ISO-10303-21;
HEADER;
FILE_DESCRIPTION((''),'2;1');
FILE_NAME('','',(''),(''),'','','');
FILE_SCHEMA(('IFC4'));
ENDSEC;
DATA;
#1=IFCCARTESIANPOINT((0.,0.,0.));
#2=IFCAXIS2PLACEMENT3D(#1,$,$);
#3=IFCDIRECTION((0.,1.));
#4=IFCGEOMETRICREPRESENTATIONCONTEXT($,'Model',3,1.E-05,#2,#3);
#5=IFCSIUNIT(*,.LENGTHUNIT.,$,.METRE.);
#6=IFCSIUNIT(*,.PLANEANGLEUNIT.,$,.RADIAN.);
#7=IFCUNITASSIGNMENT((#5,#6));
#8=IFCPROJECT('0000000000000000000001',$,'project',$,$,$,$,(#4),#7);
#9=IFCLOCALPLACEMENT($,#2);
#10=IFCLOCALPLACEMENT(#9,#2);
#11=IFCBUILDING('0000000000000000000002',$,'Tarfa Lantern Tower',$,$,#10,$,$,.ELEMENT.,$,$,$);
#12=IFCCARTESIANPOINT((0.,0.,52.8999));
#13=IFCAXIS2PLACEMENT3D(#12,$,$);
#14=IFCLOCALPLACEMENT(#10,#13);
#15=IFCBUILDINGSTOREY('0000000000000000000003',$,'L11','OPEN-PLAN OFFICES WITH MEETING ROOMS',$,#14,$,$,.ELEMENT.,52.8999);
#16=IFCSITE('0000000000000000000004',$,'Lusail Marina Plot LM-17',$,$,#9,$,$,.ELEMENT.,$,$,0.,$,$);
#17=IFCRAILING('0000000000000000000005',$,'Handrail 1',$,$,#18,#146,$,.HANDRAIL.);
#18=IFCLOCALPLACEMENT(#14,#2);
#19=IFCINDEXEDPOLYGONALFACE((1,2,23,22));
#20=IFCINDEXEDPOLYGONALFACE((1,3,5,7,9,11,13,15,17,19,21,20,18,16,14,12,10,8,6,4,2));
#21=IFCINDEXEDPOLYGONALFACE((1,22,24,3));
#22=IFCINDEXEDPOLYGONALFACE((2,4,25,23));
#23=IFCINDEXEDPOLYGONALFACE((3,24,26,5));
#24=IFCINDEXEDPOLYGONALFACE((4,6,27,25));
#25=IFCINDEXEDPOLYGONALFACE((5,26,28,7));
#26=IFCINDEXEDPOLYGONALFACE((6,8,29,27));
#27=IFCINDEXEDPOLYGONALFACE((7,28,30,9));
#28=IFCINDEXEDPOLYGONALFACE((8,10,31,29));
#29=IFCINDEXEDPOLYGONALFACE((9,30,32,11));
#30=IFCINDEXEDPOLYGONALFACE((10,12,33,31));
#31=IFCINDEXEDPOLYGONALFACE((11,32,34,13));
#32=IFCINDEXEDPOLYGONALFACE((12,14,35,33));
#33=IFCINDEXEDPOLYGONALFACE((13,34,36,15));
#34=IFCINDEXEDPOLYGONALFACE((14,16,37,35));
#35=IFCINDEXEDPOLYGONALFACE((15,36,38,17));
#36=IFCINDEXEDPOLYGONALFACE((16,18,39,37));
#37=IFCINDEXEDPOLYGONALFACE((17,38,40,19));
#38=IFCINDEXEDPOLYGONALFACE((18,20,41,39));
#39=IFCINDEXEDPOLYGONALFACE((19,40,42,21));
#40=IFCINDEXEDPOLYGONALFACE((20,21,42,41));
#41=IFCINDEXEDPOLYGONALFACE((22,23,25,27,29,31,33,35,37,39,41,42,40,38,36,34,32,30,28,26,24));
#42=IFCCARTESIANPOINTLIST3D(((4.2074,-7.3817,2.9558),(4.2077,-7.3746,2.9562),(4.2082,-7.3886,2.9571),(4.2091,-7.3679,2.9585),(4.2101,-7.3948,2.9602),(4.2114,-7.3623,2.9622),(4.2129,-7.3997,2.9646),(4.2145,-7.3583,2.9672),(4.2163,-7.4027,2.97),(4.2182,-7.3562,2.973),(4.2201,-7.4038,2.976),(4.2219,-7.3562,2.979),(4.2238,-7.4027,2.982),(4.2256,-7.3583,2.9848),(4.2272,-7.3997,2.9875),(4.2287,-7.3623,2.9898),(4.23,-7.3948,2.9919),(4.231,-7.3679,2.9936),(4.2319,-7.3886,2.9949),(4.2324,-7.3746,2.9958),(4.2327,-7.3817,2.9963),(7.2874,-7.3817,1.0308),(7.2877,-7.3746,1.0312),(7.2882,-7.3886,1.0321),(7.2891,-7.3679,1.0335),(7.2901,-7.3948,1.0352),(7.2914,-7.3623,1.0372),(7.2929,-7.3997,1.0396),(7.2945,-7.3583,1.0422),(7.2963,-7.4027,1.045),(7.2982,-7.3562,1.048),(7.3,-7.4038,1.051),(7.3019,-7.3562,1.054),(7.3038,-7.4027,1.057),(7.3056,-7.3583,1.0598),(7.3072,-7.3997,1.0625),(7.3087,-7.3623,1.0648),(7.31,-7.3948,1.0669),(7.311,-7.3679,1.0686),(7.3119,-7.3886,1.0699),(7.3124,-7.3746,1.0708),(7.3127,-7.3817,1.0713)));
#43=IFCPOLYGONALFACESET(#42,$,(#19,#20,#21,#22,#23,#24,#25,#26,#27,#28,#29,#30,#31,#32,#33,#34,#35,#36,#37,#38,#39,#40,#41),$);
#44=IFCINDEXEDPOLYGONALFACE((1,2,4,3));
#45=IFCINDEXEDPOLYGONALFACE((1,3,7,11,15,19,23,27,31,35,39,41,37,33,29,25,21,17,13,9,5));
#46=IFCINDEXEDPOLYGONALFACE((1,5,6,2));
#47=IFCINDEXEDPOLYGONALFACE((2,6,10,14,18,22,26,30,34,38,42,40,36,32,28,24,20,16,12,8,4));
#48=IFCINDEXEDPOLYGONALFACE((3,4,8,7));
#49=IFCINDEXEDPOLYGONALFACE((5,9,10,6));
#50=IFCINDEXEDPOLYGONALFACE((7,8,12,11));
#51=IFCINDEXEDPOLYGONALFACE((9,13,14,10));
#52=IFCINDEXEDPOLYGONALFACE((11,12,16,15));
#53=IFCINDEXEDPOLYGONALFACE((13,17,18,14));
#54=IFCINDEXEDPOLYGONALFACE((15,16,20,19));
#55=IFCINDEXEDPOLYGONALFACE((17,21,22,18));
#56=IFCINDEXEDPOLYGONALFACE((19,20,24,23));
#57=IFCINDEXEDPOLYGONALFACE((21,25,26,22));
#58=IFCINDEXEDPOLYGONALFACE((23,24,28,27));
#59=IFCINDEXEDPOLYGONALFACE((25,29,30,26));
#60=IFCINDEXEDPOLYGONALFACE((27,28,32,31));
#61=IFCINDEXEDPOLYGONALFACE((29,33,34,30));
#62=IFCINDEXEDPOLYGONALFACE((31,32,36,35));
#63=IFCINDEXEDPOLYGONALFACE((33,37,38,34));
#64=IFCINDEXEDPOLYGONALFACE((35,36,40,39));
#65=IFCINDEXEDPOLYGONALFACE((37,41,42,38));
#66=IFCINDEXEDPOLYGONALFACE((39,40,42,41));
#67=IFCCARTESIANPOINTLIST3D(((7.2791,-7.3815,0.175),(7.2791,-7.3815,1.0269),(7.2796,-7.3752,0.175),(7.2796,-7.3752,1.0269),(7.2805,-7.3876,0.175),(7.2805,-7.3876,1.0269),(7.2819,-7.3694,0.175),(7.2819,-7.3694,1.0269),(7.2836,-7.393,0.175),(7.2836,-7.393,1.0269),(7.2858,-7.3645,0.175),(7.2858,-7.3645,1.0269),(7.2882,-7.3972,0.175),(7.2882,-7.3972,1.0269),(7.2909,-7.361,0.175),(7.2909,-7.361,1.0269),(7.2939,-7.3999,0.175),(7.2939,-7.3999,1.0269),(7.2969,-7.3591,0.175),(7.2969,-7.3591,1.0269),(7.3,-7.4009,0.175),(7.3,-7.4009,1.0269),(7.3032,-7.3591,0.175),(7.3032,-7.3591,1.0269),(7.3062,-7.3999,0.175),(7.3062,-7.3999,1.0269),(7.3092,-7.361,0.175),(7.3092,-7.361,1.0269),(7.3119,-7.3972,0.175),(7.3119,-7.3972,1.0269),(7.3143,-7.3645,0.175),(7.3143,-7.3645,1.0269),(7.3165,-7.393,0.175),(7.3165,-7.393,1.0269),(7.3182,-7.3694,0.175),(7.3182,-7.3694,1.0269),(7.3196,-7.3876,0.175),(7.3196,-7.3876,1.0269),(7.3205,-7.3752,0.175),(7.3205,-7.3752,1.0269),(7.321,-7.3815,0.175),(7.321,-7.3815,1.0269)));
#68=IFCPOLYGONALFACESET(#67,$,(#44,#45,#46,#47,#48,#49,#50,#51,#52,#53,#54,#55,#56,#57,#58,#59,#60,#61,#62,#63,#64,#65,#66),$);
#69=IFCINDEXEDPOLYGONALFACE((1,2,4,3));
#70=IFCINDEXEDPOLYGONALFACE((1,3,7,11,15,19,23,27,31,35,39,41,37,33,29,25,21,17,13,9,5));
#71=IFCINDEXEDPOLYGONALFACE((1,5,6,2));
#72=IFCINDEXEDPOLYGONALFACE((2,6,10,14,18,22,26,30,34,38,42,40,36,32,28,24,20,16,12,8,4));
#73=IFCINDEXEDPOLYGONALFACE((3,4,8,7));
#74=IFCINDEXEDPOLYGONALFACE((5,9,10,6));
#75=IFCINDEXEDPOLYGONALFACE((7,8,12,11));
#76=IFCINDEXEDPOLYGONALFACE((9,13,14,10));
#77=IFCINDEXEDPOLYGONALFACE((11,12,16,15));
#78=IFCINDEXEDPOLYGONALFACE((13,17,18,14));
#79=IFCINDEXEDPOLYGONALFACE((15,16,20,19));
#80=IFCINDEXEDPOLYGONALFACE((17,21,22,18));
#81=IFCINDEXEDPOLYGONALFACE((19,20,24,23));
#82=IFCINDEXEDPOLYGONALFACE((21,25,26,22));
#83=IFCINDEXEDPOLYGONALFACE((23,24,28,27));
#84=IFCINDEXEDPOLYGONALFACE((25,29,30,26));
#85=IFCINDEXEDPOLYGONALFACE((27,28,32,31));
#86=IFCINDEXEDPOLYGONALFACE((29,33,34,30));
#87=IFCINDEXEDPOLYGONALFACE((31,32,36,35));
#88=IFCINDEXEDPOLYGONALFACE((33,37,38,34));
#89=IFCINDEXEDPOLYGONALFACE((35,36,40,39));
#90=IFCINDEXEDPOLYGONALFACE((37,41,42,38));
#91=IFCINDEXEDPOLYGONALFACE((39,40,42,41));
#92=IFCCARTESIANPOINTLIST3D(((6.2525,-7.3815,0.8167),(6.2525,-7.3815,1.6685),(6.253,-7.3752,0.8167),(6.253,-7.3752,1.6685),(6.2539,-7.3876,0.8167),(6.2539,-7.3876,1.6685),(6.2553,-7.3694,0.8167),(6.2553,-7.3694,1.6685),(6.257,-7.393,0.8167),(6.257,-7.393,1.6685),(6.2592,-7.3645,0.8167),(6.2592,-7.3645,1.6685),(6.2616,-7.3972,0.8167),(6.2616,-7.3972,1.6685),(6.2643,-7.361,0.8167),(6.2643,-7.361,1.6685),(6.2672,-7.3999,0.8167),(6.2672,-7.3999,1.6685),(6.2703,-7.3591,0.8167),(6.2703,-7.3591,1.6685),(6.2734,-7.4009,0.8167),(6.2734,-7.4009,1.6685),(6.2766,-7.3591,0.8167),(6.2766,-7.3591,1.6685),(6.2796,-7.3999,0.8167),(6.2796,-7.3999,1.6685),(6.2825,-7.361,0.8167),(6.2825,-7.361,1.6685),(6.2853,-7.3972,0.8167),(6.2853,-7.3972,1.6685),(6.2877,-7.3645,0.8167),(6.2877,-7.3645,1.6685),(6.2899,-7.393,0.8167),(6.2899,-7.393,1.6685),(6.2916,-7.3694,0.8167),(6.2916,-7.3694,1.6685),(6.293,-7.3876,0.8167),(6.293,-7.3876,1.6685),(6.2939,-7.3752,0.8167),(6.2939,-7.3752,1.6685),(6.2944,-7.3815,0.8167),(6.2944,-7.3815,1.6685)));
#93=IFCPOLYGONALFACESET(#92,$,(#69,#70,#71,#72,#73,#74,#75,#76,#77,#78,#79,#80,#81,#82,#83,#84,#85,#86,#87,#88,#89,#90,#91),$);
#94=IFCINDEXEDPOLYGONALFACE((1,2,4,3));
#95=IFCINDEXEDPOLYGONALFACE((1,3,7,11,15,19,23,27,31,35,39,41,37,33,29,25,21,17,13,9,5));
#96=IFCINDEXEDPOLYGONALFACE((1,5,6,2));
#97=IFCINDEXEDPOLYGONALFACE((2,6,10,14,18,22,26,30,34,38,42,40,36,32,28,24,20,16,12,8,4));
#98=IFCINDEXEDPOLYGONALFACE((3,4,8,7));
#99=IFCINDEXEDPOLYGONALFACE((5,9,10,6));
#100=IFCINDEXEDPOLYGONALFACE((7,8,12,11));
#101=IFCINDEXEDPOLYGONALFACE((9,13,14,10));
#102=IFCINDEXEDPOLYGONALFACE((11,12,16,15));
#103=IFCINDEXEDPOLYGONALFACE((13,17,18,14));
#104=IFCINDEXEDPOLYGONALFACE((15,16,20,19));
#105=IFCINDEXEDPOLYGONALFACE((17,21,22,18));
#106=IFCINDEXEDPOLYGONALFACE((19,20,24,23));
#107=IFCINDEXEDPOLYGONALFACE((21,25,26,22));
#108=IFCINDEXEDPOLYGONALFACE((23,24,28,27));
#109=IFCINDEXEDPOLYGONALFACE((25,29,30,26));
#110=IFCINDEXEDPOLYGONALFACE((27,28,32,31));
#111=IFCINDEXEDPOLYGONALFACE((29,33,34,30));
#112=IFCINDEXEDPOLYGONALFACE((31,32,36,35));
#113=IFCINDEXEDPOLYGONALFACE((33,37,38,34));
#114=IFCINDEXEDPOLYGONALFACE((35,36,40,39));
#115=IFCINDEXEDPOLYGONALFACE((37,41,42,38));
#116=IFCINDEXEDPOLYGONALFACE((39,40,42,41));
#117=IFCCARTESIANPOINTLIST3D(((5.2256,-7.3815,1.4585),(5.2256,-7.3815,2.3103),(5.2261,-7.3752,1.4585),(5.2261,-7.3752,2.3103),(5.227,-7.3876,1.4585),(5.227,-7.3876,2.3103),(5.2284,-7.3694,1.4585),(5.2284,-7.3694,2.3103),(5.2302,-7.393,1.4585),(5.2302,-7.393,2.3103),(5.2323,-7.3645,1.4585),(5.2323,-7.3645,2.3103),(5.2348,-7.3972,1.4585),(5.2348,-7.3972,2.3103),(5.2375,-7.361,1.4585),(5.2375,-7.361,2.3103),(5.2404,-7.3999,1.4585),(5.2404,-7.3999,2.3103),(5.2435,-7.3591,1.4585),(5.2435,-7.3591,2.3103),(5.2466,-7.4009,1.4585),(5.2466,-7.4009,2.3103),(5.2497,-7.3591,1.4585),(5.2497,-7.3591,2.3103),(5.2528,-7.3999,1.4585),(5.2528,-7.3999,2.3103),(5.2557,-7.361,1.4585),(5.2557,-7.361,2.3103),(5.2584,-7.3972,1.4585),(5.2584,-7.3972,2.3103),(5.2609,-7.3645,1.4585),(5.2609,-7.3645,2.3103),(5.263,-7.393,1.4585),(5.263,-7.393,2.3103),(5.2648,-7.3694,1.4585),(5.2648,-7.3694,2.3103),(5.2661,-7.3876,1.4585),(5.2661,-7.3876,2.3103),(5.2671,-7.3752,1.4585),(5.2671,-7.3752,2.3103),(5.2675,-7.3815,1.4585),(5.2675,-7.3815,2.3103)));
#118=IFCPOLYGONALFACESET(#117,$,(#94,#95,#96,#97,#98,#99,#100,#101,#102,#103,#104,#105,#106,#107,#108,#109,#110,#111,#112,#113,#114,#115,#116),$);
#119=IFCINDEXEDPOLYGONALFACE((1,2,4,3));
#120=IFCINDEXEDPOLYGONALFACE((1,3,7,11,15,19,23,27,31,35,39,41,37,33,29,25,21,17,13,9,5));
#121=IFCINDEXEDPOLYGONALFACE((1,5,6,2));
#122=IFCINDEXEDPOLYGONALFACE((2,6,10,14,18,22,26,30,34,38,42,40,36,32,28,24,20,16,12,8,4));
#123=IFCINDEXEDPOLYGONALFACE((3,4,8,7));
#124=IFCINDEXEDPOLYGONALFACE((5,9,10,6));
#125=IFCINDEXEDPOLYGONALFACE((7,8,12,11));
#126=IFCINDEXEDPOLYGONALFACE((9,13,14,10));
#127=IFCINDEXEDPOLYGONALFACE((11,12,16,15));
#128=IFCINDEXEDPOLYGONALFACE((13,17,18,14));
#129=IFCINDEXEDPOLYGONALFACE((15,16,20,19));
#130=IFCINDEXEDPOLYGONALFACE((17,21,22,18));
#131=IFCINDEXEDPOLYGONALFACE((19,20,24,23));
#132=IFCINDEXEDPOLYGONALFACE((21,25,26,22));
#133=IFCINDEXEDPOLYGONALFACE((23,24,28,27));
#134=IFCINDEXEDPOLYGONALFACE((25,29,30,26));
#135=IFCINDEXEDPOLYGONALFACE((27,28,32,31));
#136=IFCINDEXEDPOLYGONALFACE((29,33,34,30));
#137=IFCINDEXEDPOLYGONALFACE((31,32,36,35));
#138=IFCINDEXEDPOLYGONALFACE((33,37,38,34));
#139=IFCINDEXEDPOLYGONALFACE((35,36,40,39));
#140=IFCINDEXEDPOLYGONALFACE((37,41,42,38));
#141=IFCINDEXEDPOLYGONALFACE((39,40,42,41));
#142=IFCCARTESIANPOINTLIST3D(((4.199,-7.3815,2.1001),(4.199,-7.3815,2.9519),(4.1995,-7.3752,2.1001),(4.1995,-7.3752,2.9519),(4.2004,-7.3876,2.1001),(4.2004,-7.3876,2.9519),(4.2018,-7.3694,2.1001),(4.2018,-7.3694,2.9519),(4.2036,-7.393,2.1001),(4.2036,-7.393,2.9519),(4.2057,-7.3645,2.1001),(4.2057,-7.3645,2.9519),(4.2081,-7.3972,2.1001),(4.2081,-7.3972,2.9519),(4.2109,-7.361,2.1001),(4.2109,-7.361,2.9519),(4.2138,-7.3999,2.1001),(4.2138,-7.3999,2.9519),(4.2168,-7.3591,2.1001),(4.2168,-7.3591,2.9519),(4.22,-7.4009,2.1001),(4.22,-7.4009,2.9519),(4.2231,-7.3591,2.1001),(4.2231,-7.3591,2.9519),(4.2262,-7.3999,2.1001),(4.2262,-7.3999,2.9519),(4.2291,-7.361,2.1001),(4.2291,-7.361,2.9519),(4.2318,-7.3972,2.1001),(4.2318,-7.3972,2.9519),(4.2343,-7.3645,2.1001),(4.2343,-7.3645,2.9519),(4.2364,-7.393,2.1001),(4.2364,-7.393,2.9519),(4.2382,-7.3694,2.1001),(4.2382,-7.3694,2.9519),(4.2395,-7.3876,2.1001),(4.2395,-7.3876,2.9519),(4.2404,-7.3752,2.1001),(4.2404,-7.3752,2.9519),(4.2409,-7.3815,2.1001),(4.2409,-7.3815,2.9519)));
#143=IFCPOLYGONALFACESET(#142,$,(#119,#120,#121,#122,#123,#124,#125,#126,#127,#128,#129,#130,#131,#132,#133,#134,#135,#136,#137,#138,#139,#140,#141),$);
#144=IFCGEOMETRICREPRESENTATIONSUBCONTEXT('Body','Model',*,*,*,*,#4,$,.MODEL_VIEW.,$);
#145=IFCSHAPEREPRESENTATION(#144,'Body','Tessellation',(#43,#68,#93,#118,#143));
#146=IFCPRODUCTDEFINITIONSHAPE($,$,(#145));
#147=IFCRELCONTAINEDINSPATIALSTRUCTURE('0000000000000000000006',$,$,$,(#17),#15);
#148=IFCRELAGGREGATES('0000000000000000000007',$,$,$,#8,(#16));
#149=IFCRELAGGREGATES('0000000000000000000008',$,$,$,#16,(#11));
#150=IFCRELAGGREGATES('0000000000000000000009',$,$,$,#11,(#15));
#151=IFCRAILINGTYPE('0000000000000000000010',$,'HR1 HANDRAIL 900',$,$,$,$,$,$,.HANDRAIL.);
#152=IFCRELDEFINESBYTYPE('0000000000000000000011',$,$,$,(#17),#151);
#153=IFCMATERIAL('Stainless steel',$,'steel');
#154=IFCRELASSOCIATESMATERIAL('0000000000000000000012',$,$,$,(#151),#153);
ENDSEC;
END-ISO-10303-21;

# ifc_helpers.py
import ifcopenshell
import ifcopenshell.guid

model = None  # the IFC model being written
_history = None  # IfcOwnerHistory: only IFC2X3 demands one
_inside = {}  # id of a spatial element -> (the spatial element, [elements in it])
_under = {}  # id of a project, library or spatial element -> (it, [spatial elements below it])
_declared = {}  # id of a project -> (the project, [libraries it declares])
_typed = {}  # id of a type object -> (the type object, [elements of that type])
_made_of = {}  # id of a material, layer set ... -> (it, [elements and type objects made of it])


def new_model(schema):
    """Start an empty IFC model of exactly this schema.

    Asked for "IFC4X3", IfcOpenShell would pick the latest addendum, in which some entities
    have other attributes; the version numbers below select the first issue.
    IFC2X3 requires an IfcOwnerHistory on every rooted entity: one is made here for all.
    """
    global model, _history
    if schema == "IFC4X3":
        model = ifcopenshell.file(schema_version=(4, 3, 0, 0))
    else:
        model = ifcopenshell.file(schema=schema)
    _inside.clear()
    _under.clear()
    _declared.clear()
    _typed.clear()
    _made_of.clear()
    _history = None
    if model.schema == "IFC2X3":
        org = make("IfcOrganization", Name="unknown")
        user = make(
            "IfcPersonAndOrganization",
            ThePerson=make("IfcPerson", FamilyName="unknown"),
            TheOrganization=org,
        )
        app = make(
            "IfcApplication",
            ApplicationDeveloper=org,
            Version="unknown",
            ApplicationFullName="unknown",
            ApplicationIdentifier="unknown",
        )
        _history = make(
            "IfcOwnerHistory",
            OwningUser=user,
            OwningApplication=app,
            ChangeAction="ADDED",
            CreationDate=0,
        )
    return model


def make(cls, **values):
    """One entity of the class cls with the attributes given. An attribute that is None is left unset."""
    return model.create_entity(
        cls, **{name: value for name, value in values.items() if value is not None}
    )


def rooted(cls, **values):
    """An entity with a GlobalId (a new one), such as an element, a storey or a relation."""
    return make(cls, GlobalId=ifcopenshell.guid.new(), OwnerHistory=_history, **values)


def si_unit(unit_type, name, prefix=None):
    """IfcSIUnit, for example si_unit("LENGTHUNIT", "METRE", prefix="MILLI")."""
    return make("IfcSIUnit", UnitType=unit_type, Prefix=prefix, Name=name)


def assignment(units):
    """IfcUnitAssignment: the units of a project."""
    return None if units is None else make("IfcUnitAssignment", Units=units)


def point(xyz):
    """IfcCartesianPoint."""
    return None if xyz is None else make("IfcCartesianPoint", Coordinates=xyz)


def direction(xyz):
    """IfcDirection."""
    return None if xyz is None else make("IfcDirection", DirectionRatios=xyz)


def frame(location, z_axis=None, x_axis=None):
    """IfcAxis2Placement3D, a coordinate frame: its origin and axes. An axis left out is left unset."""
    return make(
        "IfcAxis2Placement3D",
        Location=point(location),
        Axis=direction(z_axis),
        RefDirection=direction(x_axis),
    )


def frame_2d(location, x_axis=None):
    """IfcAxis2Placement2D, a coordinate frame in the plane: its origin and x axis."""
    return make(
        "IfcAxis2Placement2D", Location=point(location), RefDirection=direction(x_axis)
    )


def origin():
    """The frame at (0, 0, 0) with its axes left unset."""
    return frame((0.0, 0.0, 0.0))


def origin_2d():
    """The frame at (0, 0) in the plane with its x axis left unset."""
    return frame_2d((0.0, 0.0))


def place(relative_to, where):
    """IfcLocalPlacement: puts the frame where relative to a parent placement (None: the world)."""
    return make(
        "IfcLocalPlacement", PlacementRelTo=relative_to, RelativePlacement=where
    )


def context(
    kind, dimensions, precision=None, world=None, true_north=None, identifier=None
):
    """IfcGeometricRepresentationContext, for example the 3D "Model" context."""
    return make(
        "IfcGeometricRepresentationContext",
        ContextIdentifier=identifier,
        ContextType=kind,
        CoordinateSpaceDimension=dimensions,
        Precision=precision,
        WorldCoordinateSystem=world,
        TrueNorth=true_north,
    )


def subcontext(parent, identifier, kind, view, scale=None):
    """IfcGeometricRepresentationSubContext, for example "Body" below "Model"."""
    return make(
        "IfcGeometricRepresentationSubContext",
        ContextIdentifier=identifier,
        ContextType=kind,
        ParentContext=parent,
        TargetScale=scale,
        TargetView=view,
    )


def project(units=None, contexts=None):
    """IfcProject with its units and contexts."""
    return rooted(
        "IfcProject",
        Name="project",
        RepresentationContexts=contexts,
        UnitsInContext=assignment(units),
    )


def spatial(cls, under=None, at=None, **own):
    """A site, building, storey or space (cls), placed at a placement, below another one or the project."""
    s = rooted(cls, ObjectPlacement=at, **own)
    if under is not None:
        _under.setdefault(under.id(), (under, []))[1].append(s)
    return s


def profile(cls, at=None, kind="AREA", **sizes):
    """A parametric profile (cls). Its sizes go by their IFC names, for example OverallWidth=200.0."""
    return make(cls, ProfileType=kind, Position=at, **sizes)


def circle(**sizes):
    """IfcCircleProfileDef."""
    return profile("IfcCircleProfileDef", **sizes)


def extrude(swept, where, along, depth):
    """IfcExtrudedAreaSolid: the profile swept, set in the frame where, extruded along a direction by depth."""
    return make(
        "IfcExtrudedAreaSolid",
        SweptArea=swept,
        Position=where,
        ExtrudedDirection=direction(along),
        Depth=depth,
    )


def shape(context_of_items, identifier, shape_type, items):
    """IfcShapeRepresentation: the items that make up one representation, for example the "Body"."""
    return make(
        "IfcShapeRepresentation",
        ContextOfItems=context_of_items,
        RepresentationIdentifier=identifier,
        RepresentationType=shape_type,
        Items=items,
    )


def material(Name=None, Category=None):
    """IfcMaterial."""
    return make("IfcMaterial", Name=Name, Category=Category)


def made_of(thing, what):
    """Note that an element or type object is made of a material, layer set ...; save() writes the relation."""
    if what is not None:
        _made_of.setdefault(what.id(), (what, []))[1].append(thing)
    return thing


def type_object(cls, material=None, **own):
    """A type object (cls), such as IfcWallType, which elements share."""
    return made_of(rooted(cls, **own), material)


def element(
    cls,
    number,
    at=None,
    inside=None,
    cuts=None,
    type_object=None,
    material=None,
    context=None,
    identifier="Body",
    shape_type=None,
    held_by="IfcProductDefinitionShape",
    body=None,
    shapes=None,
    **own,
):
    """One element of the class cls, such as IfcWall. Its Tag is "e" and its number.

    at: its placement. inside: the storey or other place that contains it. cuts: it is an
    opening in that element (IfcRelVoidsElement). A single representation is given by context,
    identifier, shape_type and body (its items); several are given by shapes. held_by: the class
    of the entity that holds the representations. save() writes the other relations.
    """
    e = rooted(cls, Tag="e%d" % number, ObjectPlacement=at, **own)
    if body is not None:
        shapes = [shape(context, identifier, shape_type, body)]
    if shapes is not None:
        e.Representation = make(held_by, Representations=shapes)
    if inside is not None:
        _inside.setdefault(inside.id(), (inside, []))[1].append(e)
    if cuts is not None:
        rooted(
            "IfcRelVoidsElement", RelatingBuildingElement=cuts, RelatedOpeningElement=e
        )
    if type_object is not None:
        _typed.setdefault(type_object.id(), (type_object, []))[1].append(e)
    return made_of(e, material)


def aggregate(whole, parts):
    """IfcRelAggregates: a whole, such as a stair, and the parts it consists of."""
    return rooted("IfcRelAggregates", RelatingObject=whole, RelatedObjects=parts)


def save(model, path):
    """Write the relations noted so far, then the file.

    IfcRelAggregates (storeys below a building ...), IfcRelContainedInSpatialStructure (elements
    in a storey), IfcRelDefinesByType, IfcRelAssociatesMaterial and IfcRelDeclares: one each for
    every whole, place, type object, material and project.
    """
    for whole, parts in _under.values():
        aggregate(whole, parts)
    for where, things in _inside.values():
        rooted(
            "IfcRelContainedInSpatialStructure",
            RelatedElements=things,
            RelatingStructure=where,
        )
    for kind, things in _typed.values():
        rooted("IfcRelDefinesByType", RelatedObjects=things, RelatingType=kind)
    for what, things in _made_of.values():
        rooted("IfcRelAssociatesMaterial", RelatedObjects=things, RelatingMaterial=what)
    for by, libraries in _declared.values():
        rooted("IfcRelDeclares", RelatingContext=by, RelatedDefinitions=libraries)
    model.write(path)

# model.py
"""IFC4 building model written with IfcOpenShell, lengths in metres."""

from ifc_helpers import new_model, si_unit, direction, frame, origin, origin_2d, place, context, subcontext, project, spatial, circle, extrude, material, type_object, element, save


model = new_model("IFC4")

# Units and contexts
model_context = context("Model", 3, precision=1e-05, world=origin(), true_north=direction((0.0, 1.0)))
body_context = subcontext(model_context, "Body", "Model", "MODEL_VIEW")
ifc_project = project(units=[si_unit("LENGTHUNIT", "METRE"), si_unit("PLANEANGLEUNIT", "RADIAN")], contexts=[model_context])

# Site, building, storey
site_placement = place(None, origin())
site = spatial("IfcSite", under=ifc_project, at=site_placement, Name="Lusail Marina Plot LM-17", CompositionType="ELEMENT", RefElevation=0.0)
building_placement = place(site_placement, origin())
building = spatial("IfcBuilding", under=site, at=building_placement, Name="Tarfa Lantern Tower", CompositionType="ELEMENT")
storey_placement = place(building_placement, frame((0.0, 0.0, 52.8999)))
storey = spatial("IfcBuildingStorey", under=building, at=storey_placement, Name="L11", Description="OPEN-PLAN OFFICES WITH MEETING ROOMS", CompositionType="ELEMENT", Elevation=52.8999)

# Railing
ifc_material_1 = material(Name="Stainless steel", Category="steel")
railing_type = type_object("IfcRailingType", Name="HR1 HANDRAIL 900", PredefinedType="HANDRAIL", material=ifc_material_1)
railing_1_placement = place(storey_placement, frame((7.3, -7.3799, 0.175)))
element("IfcRailing", 1, at=railing_1_placement, inside=storey, type_object=railing_type, Name="Handrail 1", PredefinedType="HANDRAIL", context=body_context, shape_type="SweptSolid", body=[
    extrude(circle(Radius=0.0239, at=origin_2d()), frame((0.0, 0.0, 0.876), z_axis=(-0.847998, 0.0, 0.529999), x_axis=(0.0, -1.0, 0.0)), (0.0, 0.0, 1.0), 3.6321),
    extrude(circle(Radius=0.021, at=origin_2d()), frame((0.0, 0.0, 0.0), z_axis=(0.0, 0.0, 1.0), x_axis=(0.0, -1.0, 0.0)), (0.0, 0.0, 1.0), 0.8518),
    extrude(circle(Radius=0.021, at=origin_2d()), frame((-1.0266, 0.0, 0.6416), z_axis=(0.0, 0.0, 1.0), x_axis=(0.0, -1.0, 0.0)), (0.0, 0.0, 1.0), 0.8518),
    extrude(circle(Radius=0.021, at=origin_2d()), frame((-2.0535, 0.0, 1.2834), z_axis=(0.0, 0.0, 1.0), x_axis=(0.0, -1.0, 0.0)), (0.0, 0.0, 1.0), 0.8518),
    extrude(circle(Radius=0.021, at=origin_2d()), frame((-3.0801, 0.0, 1.925), z_axis=(0.0, 0.0, 1.0), x_axis=(0.0, -1.0, 0.0)), (0.0, 0.0, 1.0), 0.8518),
])

save(model, "model.ifc")
